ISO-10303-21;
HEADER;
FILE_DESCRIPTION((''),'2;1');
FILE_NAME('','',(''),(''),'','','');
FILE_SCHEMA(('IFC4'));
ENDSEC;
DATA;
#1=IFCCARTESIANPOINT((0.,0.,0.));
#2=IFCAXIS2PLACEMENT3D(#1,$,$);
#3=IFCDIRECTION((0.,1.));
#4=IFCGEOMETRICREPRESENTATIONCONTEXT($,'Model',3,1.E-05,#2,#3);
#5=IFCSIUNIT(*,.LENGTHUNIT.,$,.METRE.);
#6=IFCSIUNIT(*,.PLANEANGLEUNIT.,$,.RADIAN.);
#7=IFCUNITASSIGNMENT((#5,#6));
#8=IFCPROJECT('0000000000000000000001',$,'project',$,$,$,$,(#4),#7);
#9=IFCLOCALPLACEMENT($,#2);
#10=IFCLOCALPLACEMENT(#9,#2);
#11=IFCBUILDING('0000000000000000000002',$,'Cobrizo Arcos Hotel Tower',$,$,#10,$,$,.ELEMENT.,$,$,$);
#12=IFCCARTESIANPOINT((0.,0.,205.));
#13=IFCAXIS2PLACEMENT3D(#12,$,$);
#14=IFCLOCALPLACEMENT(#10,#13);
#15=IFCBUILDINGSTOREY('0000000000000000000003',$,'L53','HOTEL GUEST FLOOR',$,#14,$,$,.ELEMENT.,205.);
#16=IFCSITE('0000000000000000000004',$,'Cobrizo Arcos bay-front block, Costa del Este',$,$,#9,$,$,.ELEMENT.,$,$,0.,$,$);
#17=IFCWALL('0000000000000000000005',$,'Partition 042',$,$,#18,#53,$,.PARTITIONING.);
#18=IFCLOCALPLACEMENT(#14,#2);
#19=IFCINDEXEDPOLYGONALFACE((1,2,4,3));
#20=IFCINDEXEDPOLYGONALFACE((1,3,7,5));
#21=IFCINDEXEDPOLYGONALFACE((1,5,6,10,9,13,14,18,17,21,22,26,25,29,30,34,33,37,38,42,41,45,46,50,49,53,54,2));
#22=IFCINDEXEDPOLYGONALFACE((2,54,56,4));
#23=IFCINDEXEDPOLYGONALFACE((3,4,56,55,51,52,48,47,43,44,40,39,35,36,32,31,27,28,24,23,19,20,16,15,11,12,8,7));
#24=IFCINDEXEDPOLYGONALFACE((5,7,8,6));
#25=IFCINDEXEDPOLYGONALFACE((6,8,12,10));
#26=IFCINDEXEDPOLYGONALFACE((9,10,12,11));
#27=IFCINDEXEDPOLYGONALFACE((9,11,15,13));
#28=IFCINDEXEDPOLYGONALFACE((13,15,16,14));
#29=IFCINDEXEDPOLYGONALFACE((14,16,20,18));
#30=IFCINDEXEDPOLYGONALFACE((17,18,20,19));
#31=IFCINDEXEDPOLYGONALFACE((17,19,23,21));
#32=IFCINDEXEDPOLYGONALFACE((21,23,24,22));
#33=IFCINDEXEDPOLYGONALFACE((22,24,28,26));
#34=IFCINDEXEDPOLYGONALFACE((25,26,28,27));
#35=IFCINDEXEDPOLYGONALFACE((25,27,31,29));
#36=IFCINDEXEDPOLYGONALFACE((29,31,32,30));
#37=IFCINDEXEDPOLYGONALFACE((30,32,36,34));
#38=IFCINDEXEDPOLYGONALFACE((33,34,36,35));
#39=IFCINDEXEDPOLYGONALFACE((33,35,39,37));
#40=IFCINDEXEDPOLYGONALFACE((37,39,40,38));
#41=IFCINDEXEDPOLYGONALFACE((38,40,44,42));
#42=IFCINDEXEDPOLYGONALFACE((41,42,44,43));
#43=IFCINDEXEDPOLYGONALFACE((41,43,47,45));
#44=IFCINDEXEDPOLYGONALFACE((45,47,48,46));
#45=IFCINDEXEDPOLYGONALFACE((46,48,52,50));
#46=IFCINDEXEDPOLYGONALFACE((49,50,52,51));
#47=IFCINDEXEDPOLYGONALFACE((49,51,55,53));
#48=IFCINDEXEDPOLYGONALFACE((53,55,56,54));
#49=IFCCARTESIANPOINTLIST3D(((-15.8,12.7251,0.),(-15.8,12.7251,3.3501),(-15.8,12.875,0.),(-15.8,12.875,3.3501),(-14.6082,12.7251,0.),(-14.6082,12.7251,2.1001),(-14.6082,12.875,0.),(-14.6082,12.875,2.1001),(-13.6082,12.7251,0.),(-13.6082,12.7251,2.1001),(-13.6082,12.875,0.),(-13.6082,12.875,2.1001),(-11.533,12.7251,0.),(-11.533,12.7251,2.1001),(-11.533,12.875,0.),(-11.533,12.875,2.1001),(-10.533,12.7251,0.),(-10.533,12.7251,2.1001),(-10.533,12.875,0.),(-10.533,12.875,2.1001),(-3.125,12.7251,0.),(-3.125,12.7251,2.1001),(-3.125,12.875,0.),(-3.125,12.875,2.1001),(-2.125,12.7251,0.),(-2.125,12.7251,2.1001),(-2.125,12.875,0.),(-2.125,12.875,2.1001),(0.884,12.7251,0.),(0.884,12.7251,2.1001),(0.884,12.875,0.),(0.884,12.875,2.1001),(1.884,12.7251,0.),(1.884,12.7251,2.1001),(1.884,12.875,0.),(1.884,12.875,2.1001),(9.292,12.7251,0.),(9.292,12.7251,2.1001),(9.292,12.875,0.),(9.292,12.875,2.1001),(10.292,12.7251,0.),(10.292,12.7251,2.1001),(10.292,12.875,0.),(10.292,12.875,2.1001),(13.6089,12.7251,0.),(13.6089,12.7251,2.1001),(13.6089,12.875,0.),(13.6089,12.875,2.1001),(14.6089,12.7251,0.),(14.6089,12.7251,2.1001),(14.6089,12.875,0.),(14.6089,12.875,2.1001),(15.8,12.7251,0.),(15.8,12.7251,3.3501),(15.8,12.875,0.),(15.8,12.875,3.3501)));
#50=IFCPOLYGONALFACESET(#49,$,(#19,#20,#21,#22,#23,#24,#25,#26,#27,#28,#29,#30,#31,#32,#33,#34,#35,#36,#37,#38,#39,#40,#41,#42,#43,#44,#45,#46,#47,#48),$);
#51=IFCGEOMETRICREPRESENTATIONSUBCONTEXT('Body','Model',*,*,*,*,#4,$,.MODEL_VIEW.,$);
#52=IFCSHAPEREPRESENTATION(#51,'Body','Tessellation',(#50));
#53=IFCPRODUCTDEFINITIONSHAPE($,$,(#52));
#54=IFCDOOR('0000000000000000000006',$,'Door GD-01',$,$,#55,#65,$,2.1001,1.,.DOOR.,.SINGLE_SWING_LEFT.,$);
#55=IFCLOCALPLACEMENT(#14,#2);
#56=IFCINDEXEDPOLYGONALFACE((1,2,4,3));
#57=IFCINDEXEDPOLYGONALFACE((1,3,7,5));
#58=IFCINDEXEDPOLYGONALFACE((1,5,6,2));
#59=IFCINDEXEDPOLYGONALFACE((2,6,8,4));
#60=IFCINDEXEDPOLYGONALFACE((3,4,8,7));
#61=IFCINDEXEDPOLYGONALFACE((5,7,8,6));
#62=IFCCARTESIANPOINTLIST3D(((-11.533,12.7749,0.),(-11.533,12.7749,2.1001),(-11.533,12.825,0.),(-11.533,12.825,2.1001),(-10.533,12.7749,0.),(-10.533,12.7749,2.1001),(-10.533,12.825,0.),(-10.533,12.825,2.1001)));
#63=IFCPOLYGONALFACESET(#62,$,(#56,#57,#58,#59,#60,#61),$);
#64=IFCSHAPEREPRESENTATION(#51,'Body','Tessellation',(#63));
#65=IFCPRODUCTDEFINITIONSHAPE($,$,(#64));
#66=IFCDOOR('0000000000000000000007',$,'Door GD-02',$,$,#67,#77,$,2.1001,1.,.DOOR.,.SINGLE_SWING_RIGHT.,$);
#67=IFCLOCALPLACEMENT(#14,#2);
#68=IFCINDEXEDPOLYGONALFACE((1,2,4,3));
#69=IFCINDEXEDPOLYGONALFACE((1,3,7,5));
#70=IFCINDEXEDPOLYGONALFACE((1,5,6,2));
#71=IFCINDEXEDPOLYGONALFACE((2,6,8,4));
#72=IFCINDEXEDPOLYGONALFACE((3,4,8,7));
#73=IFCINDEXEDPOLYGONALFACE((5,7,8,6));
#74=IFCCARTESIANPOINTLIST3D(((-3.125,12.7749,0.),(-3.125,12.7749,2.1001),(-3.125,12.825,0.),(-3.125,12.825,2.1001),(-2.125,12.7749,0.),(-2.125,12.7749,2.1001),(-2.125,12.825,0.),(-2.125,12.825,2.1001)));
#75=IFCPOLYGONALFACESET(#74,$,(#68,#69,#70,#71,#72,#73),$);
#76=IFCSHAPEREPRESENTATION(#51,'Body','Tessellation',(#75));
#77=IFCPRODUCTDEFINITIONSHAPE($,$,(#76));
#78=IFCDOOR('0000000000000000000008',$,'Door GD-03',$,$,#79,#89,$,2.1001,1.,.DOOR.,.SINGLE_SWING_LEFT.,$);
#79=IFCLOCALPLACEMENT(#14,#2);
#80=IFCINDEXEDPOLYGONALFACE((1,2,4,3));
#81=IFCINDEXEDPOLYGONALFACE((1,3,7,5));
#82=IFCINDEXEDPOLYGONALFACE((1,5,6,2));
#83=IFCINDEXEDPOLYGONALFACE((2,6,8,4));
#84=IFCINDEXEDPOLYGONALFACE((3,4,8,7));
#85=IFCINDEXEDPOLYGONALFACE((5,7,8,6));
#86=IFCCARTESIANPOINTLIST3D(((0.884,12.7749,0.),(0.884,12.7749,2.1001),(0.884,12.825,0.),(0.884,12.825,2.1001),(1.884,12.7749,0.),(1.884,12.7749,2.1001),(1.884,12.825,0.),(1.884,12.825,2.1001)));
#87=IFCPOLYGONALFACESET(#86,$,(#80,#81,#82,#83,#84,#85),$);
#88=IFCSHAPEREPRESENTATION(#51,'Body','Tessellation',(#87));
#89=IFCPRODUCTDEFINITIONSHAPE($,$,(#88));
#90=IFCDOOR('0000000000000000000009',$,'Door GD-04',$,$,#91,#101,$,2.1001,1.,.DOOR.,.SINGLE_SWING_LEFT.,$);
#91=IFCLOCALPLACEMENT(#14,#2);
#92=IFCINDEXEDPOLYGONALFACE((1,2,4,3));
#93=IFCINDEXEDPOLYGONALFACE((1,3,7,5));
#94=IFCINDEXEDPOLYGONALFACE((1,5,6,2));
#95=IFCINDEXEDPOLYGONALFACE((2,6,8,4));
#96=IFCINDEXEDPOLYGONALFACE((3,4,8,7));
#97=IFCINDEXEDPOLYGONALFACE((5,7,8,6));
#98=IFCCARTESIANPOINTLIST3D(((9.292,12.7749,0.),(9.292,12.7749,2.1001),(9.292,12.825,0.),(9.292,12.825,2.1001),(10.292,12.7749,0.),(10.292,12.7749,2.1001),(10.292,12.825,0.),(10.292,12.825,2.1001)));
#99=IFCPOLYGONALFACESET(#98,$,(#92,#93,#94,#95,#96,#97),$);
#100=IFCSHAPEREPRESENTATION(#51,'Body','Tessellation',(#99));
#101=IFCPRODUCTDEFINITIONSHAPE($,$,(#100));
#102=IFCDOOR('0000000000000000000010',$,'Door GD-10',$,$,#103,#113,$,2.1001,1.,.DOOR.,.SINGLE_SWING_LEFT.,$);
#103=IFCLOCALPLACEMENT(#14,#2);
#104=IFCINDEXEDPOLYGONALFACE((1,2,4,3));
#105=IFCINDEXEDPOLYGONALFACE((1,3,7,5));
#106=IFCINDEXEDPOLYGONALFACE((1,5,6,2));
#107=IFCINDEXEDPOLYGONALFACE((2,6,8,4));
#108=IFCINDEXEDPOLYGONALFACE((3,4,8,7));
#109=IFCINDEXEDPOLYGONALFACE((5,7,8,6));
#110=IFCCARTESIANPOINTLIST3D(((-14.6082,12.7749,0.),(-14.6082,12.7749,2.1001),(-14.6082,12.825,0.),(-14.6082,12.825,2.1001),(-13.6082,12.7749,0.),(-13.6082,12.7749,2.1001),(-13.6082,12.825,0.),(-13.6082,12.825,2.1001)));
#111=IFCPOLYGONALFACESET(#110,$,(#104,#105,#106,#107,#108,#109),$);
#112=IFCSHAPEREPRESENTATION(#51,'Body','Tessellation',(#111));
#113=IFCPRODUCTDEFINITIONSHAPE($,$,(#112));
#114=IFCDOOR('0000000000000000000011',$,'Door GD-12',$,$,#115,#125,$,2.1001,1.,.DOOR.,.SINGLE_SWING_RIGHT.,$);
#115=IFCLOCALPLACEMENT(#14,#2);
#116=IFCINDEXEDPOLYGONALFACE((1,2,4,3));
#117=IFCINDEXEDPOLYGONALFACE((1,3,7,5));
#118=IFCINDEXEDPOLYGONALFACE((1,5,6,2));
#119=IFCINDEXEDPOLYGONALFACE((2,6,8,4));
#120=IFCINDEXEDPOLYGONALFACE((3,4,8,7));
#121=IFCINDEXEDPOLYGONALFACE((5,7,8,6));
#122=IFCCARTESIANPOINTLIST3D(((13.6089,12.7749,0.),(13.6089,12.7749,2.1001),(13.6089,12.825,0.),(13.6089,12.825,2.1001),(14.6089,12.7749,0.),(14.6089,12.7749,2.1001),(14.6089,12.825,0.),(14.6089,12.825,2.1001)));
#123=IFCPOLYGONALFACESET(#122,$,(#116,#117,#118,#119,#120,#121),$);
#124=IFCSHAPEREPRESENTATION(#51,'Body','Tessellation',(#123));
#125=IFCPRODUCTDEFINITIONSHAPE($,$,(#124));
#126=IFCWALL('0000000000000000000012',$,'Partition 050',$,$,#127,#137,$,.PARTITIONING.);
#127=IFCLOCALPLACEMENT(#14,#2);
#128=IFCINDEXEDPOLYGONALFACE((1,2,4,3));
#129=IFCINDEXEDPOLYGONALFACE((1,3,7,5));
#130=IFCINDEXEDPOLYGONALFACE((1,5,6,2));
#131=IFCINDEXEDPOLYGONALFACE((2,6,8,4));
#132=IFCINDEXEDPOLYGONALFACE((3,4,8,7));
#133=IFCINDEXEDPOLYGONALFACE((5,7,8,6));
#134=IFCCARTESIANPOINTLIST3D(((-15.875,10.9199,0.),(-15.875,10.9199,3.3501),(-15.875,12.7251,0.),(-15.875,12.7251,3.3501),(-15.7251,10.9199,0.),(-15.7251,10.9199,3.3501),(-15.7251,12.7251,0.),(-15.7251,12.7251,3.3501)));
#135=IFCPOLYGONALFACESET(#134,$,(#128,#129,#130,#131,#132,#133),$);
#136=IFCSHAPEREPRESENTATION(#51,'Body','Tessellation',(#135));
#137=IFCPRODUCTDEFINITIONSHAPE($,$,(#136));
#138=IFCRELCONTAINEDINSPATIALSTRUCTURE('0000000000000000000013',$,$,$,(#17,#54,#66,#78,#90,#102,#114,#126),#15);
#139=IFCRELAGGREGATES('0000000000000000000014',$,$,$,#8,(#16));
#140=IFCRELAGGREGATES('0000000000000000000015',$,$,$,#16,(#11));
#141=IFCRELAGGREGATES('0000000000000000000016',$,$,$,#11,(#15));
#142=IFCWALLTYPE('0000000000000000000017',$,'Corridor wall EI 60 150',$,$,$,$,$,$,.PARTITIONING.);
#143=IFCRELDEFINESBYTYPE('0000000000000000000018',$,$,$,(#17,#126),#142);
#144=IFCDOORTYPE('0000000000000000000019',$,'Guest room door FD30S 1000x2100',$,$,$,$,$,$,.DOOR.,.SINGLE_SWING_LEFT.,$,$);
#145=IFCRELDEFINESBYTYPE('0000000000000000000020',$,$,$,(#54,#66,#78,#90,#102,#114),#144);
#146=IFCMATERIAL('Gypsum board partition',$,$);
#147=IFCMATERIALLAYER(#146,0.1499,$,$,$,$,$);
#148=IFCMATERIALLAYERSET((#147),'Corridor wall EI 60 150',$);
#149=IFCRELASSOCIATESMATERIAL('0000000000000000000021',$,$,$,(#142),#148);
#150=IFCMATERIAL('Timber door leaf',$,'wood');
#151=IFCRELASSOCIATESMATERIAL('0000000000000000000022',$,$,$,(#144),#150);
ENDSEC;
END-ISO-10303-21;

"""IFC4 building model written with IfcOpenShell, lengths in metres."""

from ifc_helpers import new_model, si_unit, direction, frame, frame_2d, origin, place, context, subcontext, project, spatial, rectangle, extrude, material, layer, layer_set, type_object, element, fill, save


model = new_model("IFC4")

# Units and contexts
model_context = context("Model", 3, precision=1e-05, world=origin(), true_north=direction((0.0, 1.0)))
body_context = subcontext(model_context, "Body", "Model", "MODEL_VIEW")
ifc_project = project(units=[si_unit("LENGTHUNIT", "METRE"), si_unit("PLANEANGLEUNIT", "RADIAN")], contexts=[model_context])

# Site, building, storey
site_placement = place(None, origin())
site = spatial("IfcSite", under=ifc_project, at=site_placement, Name="Cobrizo Arcos bay-front block, Costa del Este", CompositionType="ELEMENT", RefElevation=0.0)
building_placement = place(site_placement, origin())
building = spatial("IfcBuilding", under=site, at=building_placement, Name="Cobrizo Arcos Hotel Tower", CompositionType="ELEMENT")
storey_placement = place(building_placement, frame((0.0, 0.0, 205.0)))
storey = spatial("IfcBuildingStorey", under=building, at=storey_placement, Name="L53", Description="HOTEL GUEST FLOOR", CompositionType="ELEMENT", Elevation=205.0)

# Wall, openings, doors
ifc_material_1 = material(Name="Gypsum board partition")
ifc_layer_1 = layer(ifc_material_1, 0.1499)
ifc_layer_set_1 = layer_set([ifc_layer_1], Name="Corridor wall EI 60 150")
wall_type_1 = type_object("IfcWallType", Name="Corridor wall EI 60 150", PredefinedType="PARTITIONING", material=ifc_layer_set_1)
wall_1_placement = place(storey_placement, frame((-15.8, 12.8, 0.0), z_axis=(0.0, 0.0, 1.0), x_axis=(1.0, 0.0, 0.0)))
wall_1 = element("IfcWall", 1, at=wall_1_placement, inside=storey, type_object=wall_type_1, Name="Partition 042", PredefinedType="PARTITIONING", context=body_context, shape_type="SweptSolid", body=[
    extrude(rectangle(XDim=31.6001, YDim=0.1499, at=frame_2d((15.8, 0.0))), origin(), (0.0, 0.0, 1.0), 3.3501),
])
opening_1_placement = place(wall_1_placement, frame((4.2671, 0.0, 0.0)))
opening_1 = element("IfcOpeningElement", 2, at=opening_1_placement, cuts=wall_1, PredefinedType="OPENING", context=body_context, shape_type="SweptSolid", body=[
    extrude(rectangle(XDim=1.0, YDim=2.1001, at=frame_2d((0.5, 1.05))), frame((0.0, 0.0869, 0.0), z_axis=(0.0, -1.0, 0.0), x_axis=(1.0, 0.0, 0.0)), (0.0, 0.0, 1.0), 0.1738),
])
opening_2_placement = place(wall_1_placement, frame((12.675, 0.0, 0.0)))
opening_2 = element("IfcOpeningElement", 3, at=opening_2_placement, cuts=wall_1, PredefinedType="OPENING", context=body_context, shape_type="SweptSolid", body=[
    extrude(rectangle(XDim=1.0, YDim=2.1001, at=frame_2d((0.5, 1.05))), frame((0.0, 0.0869, 0.0), z_axis=(0.0, -1.0, 0.0), x_axis=(1.0, 0.0, 0.0)), (0.0, 0.0, 1.0), 0.1738),
])
opening_3_placement = place(wall_1_placement, frame((16.6841, 0.0, 0.0)))
opening_3 = element("IfcOpeningElement", 4, at=opening_3_placement, cuts=wall_1, PredefinedType="OPENING", context=body_context, shape_type="SweptSolid", body=[
    extrude(rectangle(XDim=1.0, YDim=2.1001, at=frame_2d((0.5, 1.05))), frame((0.0, 0.0869, 0.0), z_axis=(0.0, -1.0, 0.0), x_axis=(1.0, 0.0, 0.0)), (0.0, 0.0, 1.0), 0.1738),
])
opening_4_placement = place(wall_1_placement, frame((25.092, 0.0, 0.0)))
opening_4 = element("IfcOpeningElement", 5, at=opening_4_placement, cuts=wall_1, PredefinedType="OPENING", context=body_context, shape_type="SweptSolid", body=[
    extrude(rectangle(XDim=1.0, YDim=2.1001, at=frame_2d((0.5, 1.05))), frame((0.0, 0.0869, 0.0), z_axis=(0.0, -1.0, 0.0), x_axis=(1.0, 0.0, 0.0)), (0.0, 0.0, 1.0), 0.1738),
])
opening_5_placement = place(wall_1_placement, frame((1.1919, 0.0, 0.0)))
opening_5 = element("IfcOpeningElement", 6, at=opening_5_placement, cuts=wall_1, PredefinedType="OPENING", context=body_context, shape_type="SweptSolid", body=[
    extrude(rectangle(XDim=1.0, YDim=2.1001, at=frame_2d((0.5, 1.05))), frame((0.0, 0.0869, 0.0), z_axis=(0.0, -1.0, 0.0), x_axis=(1.0, 0.0, 0.0)), (0.0, 0.0, 1.0), 0.1738),
])
opening_6_placement = place(wall_1_placement, frame((29.4089, 0.0, 0.0)))
opening_6 = element("IfcOpeningElement", 7, at=opening_6_placement, cuts=wall_1, PredefinedType="OPENING", context=body_context, shape_type="SweptSolid", body=[
    extrude(rectangle(XDim=1.0, YDim=2.1001, at=frame_2d((0.5, 1.05))), frame((0.0, 0.0869, 0.0), z_axis=(0.0, -1.0, 0.0), x_axis=(1.0, 0.0, 0.0)), (0.0, 0.0, 1.0), 0.1738),
])
ifc_material_2 = material(Name="Timber door leaf", Category="wood")
door_type = type_object("IfcDoorType", Name="Guest room door FD30S 1000x2100", OperationType="SINGLE_SWING_LEFT", PredefinedType="DOOR", material=ifc_material_2)
door_1_placement = place(opening_1_placement, origin())
door_1 = element("IfcDoor", 8, at=door_1_placement, inside=storey, type_object=door_type, Name="Door GD-01", OperationType="SINGLE_SWING_LEFT", OverallHeight=2.1001, OverallWidth=1.0, PredefinedType="DOOR", context=body_context, shape_type="SweptSolid", body=[
    extrude(rectangle(XDim=1.0, YDim=2.1001, at=frame_2d((0.5, 1.05))), frame((0.0, 0.0249, 0.0), z_axis=(0.0, -1.0, 0.0), x_axis=(1.0, 0.0, 0.0)), (0.0, 0.0, 1.0), 0.05),
])
fill(opening_1, door_1)
door_2_placement = place(opening_2_placement, origin())
door_2 = element("IfcDoor", 9, at=door_2_placement, inside=storey, type_object=door_type, Name="Door GD-02", OperationType="SINGLE_SWING_RIGHT", OverallHeight=2.1001, OverallWidth=1.0, PredefinedType="DOOR", context=body_context, shape_type="SweptSolid", body=[
    extrude(rectangle(XDim=1.0, YDim=2.1001, at=frame_2d((0.5, 1.05))), frame((0.0, 0.0249, 0.0), z_axis=(0.0, -1.0, 0.0), x_axis=(1.0, 0.0, 0.0)), (0.0, 0.0, 1.0), 0.05),
])
fill(opening_2, door_2)
door_3_placement = place(opening_3_placement, origin())
door_3 = element("IfcDoor", 10, at=door_3_placement, inside=storey, type_object=door_type, Name="Door GD-03", OperationType="SINGLE_SWING_LEFT", OverallHeight=2.1001, OverallWidth=1.0, PredefinedType="DOOR", context=body_context, shape_type="SweptSolid", body=[
    extrude(rectangle(XDim=1.0, YDim=2.1001, at=frame_2d((0.5, 1.05))), frame((0.0, 0.0249, 0.0), z_axis=(0.0, -1.0, 0.0), x_axis=(1.0, 0.0, 0.0)), (0.0, 0.0, 1.0), 0.05),
])
fill(opening_3, door_3)
door_4_placement = place(opening_4_placement, origin())
door_4 = element("IfcDoor", 11, at=door_4_placement, inside=storey, type_object=door_type, Name="Door GD-04", OperationType="SINGLE_SWING_LEFT", OverallHeight=2.1001, OverallWidth=1.0, PredefinedType="DOOR", context=body_context, shape_type="SweptSolid", body=[
    extrude(rectangle(XDim=1.0, YDim=2.1001, at=frame_2d((0.5, 1.05))), frame((0.0, 0.0249, 0.0), z_axis=(0.0, -1.0, 0.0), x_axis=(1.0, 0.0, 0.0)), (0.0, 0.0, 1.0), 0.05),
])
fill(opening_4, door_4)
door_5_placement = place(opening_5_placement, origin())
door_5 = element("IfcDoor", 12, at=door_5_placement, inside=storey, type_object=door_type, Name="Door GD-10", OperationType="SINGLE_SWING_LEFT", OverallHeight=2.1001, OverallWidth=1.0, PredefinedType="DOOR", context=body_context, shape_type="SweptSolid", body=[
    extrude(rectangle(XDim=1.0, YDim=2.1001, at=frame_2d((0.5, 1.05))), frame((0.0, 0.0249, 0.0), z_axis=(0.0, -1.0, 0.0), x_axis=(1.0, 0.0, 0.0)), (0.0, 0.0, 1.0), 0.05),
])
fill(opening_5, door_5)
door_6_placement = place(opening_6_placement, origin())
door_6 = element("IfcDoor", 13, at=door_6_placement, inside=storey, type_object=door_type, Name="Door GD-12", OperationType="SINGLE_SWING_RIGHT", OverallHeight=2.1001, OverallWidth=1.0, PredefinedType="DOOR", context=body_context, shape_type="SweptSolid", body=[
    extrude(rectangle(XDim=1.0, YDim=2.1001, at=frame_2d((0.5, 1.05))), frame((0.0, 0.0249, 0.0), z_axis=(0.0, -1.0, 0.0), x_axis=(1.0, 0.0, 0.0)), (0.0, 0.0, 1.0), 0.05),
])
fill(opening_6, door_6)

# Wall
wall_2_placement = place(storey_placement, frame((-15.8, 10.9199, 0.0), z_axis=(0.0, 0.0, 1.0), x_axis=(0.0, 1.0, 0.0)))
element("IfcWall", 14, at=wall_2_placement, inside=storey, type_object=wall_type_1, Name="Partition 050", PredefinedType="PARTITIONING", context=body_context, shape_type="SweptSolid", body=[
    extrude(rectangle(XDim=1.8052, YDim=0.1499, at=frame_2d((0.9026, 0.0))), origin(), (0.0, 0.0, 1.0), 3.3501),
])

save(model, "model.ifc")
